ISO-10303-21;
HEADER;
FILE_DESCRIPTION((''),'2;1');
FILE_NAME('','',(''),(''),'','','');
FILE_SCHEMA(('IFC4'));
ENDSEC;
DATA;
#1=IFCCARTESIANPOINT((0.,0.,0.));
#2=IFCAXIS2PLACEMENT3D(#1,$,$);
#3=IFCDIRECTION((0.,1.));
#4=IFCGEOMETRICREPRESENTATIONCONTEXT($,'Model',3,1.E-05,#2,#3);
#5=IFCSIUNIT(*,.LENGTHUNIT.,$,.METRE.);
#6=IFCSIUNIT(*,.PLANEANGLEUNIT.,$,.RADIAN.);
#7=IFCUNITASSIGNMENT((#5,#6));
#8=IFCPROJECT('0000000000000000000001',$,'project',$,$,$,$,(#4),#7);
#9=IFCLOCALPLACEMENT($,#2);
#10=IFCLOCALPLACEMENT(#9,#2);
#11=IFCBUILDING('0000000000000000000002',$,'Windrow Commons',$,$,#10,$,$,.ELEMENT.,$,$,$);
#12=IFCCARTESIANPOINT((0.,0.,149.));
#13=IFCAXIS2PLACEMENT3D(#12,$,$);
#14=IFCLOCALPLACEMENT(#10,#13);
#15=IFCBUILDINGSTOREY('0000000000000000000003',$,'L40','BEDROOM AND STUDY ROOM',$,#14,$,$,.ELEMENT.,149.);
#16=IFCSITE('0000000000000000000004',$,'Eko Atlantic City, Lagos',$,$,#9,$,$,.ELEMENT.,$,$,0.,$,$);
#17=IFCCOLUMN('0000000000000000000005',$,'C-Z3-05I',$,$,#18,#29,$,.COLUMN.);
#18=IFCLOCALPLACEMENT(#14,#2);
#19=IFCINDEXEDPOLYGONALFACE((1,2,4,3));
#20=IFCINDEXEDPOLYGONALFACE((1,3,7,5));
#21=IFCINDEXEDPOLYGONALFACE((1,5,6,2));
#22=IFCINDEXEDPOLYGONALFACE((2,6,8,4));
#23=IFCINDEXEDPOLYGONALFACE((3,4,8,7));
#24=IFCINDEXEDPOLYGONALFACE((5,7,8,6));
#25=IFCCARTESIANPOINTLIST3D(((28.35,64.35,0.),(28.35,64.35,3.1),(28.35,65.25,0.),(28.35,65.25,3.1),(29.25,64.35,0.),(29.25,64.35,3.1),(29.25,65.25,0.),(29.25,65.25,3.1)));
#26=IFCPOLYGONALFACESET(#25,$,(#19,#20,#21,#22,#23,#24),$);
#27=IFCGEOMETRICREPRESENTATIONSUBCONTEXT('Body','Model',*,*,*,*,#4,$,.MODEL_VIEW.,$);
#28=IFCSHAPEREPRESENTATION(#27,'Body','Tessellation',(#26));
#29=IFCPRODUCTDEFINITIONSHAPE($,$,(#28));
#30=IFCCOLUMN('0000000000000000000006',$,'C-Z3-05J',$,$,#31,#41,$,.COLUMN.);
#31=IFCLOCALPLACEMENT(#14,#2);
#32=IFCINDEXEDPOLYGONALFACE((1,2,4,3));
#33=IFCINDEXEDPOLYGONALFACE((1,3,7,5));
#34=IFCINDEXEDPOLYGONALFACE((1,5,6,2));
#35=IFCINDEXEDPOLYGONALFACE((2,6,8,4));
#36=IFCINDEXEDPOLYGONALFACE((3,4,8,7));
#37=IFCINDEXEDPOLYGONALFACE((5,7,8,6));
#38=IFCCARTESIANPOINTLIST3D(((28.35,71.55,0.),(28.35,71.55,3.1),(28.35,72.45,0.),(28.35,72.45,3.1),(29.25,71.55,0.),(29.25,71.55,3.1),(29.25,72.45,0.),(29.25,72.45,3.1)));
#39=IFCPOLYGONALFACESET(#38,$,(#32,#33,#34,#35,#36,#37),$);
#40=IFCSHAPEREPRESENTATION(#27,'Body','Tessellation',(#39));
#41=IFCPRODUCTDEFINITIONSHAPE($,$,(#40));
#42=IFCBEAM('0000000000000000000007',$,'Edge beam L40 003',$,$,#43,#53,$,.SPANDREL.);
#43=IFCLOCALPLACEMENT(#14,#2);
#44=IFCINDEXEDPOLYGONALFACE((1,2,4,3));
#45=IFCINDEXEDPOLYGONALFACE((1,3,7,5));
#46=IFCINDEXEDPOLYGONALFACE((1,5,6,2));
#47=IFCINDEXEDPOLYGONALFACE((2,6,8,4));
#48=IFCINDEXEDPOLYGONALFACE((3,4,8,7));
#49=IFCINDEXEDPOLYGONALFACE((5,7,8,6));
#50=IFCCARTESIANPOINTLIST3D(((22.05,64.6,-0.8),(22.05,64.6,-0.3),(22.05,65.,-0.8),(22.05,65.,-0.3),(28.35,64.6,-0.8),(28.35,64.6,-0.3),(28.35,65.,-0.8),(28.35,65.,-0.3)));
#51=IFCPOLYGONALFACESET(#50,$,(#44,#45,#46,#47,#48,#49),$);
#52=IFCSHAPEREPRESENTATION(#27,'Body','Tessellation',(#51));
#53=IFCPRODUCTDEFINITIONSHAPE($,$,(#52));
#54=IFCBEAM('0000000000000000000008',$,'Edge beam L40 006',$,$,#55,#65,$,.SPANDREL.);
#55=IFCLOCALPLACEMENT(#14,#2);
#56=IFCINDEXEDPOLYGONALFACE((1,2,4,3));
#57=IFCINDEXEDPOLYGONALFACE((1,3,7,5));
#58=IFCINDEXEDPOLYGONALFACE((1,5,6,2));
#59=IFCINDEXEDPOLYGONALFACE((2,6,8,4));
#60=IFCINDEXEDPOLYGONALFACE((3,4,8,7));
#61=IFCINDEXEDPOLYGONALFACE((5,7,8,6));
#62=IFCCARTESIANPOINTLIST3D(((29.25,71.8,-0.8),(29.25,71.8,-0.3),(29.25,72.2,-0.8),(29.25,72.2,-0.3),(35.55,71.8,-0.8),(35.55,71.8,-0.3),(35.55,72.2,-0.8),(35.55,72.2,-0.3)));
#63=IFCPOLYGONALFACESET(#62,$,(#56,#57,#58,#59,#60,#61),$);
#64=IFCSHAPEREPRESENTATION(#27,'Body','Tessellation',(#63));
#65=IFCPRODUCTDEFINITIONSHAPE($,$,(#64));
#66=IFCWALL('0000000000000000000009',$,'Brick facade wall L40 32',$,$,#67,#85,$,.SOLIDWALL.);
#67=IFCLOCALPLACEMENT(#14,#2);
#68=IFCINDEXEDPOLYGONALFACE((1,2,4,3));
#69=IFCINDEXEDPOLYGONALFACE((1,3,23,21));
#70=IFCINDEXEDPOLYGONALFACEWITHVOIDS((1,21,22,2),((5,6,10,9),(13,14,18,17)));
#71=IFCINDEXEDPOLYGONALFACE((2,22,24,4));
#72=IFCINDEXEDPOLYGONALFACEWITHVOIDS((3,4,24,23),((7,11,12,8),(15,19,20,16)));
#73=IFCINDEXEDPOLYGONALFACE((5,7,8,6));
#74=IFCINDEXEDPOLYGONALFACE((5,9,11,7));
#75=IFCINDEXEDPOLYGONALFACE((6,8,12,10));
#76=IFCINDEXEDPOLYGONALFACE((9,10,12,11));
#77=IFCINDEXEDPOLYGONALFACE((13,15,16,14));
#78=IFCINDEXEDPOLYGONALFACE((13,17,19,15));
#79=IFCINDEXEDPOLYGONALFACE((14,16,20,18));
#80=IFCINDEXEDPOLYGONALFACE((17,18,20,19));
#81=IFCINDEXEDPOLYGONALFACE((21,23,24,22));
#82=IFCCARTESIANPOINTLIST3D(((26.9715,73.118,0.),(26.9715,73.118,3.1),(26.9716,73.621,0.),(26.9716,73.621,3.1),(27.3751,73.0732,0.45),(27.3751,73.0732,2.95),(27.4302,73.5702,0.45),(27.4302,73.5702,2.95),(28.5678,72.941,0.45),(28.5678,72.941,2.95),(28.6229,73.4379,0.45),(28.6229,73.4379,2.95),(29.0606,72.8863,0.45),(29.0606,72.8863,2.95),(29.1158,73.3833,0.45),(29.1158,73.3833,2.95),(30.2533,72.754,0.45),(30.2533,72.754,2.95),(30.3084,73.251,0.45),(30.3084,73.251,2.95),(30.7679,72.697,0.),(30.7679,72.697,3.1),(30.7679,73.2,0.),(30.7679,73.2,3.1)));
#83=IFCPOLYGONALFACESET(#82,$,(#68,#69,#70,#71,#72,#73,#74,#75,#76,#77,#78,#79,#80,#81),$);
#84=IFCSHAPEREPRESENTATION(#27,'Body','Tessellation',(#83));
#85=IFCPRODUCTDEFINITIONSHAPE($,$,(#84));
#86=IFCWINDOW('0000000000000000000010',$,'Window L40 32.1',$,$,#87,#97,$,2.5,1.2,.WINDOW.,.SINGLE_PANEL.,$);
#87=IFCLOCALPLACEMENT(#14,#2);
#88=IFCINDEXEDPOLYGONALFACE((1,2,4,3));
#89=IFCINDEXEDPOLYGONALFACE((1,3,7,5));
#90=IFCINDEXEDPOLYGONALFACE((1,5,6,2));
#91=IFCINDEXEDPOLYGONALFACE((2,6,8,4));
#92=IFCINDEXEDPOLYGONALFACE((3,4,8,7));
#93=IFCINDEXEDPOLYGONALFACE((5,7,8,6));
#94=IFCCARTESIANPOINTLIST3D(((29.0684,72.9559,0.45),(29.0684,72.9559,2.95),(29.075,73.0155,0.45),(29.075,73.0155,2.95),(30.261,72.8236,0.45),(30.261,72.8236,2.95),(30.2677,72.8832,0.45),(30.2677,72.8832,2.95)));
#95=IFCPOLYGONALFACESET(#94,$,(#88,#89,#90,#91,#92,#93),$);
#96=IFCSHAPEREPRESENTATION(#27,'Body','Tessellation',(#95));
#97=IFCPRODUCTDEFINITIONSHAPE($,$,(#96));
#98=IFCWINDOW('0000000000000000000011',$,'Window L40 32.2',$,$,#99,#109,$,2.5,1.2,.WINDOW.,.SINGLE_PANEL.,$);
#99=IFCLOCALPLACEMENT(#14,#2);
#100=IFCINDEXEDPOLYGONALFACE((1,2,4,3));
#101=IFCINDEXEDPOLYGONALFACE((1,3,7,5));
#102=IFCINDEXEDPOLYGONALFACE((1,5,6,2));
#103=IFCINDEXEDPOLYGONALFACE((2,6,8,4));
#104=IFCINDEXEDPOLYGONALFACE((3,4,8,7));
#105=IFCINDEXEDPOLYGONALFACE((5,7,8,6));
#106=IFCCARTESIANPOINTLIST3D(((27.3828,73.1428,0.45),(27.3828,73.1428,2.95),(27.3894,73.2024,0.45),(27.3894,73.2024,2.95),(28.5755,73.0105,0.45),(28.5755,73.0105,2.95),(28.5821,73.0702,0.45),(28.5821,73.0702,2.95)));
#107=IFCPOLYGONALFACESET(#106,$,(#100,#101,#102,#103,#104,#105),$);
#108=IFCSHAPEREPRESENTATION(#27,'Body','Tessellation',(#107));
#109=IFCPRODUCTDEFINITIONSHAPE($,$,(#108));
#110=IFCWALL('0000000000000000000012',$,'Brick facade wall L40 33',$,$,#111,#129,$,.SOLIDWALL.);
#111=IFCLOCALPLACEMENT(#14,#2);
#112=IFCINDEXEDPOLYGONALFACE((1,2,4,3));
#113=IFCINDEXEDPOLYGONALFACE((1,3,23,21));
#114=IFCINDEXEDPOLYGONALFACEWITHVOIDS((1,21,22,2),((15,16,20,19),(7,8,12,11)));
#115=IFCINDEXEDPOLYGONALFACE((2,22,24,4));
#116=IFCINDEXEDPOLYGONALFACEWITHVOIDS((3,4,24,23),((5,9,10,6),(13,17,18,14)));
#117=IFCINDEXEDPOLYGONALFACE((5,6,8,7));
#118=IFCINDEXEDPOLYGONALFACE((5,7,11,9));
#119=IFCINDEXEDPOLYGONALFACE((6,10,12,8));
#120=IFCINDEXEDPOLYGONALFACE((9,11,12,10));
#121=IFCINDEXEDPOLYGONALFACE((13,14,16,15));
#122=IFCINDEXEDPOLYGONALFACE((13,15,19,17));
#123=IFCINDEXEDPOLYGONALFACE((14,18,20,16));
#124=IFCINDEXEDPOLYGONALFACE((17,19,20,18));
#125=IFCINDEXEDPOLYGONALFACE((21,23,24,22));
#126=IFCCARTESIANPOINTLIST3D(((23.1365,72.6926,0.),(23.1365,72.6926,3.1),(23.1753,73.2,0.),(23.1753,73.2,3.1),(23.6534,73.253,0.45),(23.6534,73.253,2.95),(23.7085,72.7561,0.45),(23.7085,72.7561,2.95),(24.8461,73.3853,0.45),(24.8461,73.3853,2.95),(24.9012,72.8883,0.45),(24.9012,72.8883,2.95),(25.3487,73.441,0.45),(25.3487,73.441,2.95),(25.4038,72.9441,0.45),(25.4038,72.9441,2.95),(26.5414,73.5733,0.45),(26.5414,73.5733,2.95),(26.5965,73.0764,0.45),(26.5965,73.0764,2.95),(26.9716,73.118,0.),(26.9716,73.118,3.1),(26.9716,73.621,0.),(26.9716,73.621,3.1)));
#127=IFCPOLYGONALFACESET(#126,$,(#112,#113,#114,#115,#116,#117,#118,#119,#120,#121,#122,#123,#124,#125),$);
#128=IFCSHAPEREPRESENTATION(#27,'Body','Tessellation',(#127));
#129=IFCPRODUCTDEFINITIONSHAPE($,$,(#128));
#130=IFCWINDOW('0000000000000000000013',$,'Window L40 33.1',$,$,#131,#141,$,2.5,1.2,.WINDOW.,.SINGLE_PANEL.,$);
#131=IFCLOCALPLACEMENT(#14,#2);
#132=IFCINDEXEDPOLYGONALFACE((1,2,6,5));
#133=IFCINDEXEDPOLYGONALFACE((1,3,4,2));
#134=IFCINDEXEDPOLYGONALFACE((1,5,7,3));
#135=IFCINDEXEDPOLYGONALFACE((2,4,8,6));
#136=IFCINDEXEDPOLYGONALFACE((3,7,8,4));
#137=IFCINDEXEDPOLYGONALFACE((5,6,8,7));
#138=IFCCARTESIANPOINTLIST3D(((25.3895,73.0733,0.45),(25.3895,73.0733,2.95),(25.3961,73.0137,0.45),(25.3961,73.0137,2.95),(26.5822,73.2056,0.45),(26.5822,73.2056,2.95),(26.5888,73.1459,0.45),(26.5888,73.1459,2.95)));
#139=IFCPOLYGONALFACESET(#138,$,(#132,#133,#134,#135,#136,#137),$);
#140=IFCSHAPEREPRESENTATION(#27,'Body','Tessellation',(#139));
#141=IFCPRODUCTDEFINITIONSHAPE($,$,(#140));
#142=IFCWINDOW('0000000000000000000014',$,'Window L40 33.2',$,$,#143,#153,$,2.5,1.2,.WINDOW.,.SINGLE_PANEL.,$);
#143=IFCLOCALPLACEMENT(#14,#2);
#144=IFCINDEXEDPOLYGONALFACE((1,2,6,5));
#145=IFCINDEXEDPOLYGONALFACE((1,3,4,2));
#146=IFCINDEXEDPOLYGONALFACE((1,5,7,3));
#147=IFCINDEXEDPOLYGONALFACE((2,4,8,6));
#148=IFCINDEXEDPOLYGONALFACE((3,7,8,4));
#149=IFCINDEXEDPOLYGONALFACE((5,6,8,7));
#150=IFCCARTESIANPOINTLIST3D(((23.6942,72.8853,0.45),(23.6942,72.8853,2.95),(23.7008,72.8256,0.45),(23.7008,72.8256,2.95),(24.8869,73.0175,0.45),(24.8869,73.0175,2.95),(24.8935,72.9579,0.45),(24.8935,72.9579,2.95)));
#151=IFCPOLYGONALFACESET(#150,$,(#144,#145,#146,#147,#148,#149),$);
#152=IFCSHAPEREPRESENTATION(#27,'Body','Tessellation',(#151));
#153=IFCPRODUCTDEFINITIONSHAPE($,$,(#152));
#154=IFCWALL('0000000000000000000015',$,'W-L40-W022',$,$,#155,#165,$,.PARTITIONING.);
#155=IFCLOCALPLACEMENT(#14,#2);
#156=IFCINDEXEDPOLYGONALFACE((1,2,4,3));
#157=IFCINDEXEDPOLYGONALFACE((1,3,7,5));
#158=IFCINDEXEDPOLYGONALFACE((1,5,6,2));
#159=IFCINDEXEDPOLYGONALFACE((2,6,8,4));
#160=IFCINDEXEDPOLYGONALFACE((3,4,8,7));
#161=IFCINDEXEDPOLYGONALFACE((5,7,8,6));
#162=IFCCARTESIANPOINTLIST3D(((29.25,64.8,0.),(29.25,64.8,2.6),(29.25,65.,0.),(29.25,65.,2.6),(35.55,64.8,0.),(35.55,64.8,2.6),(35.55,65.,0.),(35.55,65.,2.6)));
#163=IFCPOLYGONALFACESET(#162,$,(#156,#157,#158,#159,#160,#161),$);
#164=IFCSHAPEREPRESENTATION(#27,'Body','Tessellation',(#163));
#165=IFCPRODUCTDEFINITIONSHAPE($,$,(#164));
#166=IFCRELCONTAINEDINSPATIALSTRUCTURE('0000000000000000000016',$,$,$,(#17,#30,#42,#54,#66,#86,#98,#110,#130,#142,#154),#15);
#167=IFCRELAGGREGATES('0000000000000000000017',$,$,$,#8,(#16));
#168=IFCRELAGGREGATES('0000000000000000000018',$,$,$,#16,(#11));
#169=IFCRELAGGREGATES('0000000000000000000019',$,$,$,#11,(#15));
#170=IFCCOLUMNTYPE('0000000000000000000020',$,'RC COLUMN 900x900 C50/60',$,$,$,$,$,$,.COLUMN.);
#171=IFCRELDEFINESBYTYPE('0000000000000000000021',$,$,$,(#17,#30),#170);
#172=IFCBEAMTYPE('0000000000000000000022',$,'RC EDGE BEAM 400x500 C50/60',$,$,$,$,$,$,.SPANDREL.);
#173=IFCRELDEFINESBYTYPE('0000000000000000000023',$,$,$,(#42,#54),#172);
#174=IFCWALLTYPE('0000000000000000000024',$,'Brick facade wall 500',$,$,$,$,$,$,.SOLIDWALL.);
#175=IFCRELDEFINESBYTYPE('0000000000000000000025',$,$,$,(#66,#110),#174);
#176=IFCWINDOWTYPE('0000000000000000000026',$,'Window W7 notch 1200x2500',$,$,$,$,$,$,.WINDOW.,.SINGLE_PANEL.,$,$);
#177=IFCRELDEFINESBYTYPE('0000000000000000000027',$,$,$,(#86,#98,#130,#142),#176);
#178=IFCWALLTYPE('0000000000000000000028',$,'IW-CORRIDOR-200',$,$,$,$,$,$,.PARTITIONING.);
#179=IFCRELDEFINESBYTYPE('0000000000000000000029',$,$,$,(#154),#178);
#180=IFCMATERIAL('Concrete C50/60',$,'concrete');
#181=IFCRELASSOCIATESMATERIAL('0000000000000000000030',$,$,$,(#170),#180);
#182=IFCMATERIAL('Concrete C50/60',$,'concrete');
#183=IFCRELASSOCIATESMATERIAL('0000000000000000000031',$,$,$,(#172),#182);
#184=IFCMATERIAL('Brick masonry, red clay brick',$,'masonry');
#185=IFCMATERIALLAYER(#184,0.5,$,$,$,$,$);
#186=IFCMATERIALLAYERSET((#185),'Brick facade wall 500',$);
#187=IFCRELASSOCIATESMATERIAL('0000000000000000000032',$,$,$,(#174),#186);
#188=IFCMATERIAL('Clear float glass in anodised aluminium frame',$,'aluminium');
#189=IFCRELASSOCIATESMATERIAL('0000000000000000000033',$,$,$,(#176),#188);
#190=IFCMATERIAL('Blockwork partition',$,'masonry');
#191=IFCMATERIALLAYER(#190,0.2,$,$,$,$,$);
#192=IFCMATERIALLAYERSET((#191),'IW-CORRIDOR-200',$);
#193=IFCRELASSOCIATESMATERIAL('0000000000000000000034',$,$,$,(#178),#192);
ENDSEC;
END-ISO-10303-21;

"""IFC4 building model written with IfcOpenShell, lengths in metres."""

from ifc_helpers import new_model, si_unit, direction, frame, frame_2d, origin, origin_2d, place, context, subcontext, project, spatial, polyline, rectangle, outline, extrude, material, layer, layer_set, material_profile, profile_set, type_object, element, fill, save


model = new_model("IFC4")

# Units and contexts
model_context = context("Model", 3, precision=1e-05, world=origin(), true_north=direction((0.0, 1.0)))
body_context = subcontext(model_context, "Body", "Model", "MODEL_VIEW")
ifc_project = project(units=[si_unit("LENGTHUNIT", "METRE"), si_unit("PLANEANGLEUNIT", "RADIAN")], contexts=[model_context])

# Site, building, storey
site_placement = place(None, origin())
site = spatial("IfcSite", under=ifc_project, at=site_placement, Name="Eko Atlantic City, Lagos", CompositionType="ELEMENT", RefElevation=0.0)
building_placement = place(site_placement, origin())
building = spatial("IfcBuilding", under=site, at=building_placement, Name="Windrow Commons", CompositionType="ELEMENT")
storey_placement = place(building_placement, frame((0.0, 0.0, 149.0)))
storey = spatial("IfcBuildingStorey", under=building, at=storey_placement, Name="L40", Description="BEDROOM AND STUDY ROOM", CompositionType="ELEMENT", Elevation=149.0)

# Columns
ifc_material_1 = material(Name="Concrete C50/60", Category="concrete")
ifc_material_profile_1 = material_profile(ifc_material_1, rectangle(XDim=0.9, YDim=0.9, at=origin_2d()))
ifc_profile_set_1 = profile_set([ifc_material_profile_1], Name="Concrete C50/60")
column_type = type_object("IfcColumnType", Name="RC COLUMN 900x900 C50/60", PredefinedType="COLUMN", material=ifc_profile_set_1)
for number, where, z_axis, x_axis, name in (
    (1, (28.8, 64.8, 0.0), (0.0, 0.0, 1.0), (1.0, 0.0, 0.0), "C-Z3-05I"),
    (2, (28.8, 72.0, 0.0), (0.0, 0.0, 1.0), (1.0, 0.0, 0.0), "C-Z3-05J"),
):
    element("IfcColumn", number, at=place(storey_placement, frame(where, z_axis=z_axis, x_axis=x_axis)), inside=storey, type_object=column_type, Name=name, PredefinedType="COLUMN", context=body_context, shape_type="SweptSolid", body=[
        extrude(rectangle(XDim=0.9, YDim=0.9, at=origin_2d()), origin(), (0.0, 0.0, 1.0), 3.1),
    ])

# Beams
ifc_material_2 = material(Name="Concrete C50/60", Category="concrete")
ifc_material_profile_2 = material_profile(ifc_material_2, rectangle(XDim=0.4, YDim=0.5, at=origin_2d()))
ifc_profile_set_2 = profile_set([ifc_material_profile_2], Name="Concrete C50/60")
beam_type = type_object("IfcBeamType", Name="RC EDGE BEAM 400x500 C50/60", PredefinedType="SPANDREL", material=ifc_profile_set_2)
for number, where, z_axis, x_axis, name in (
    (3, (28.35, 64.8, -0.55), (-1.0, 0.0, 0.0), (0.0, -1.0, 0.0), "Edge beam L40 003"),
    (4, (29.25, 72.0, -0.55), (1.0, 0.0, 0.0), (0.0, 1.0, 0.0), "Edge beam L40 006"),
):
    element("IfcBeam", number, at=place(storey_placement, frame(where, z_axis=z_axis, x_axis=x_axis)), inside=storey, type_object=beam_type, Name=name, PredefinedType="SPANDREL", context=body_context, shape_type="SweptSolid", body=[
        extrude(rectangle(XDim=0.4, YDim=0.5, at=origin_2d()), origin(), (0.0, 0.0, 1.0), 6.3),
    ])

# Walls, openings, windows
ifc_material_3 = material(Name="Brick masonry, red clay brick", Category="masonry")
ifc_layer_1 = layer(ifc_material_3, 0.5)
ifc_layer_set_1 = layer_set([ifc_layer_1], Name="Brick facade wall 500")
wall_type_1 = type_object("IfcWallType", Name="Brick facade wall 500", PredefinedType="SOLIDWALL", material=ifc_layer_set_1)
wall_1_placement = place(storey_placement, frame((30.7679, 72.9485, 0.0), z_axis=(0.0, 0.0, 1.0), x_axis=(-0.993907, 0.110222, 0.0)))
wall_1 = element("IfcWall", 5, at=wall_1_placement, inside=storey, type_object=wall_type_1, Name="Brick facade wall L40 32", PredefinedType="SOLIDWALL", context=body_context, shape_type="SweptSolid", body=[
    extrude(outline(polyline([(0.0277, -0.25), (3.8473, -0.25), (3.7919, 0.25), (-0.0277, 0.25), (0.0277, -0.25)])), origin(), (0.0, 0.0, 1.0), 3.1),
])
opening_1_placement = place(wall_1_placement, frame((0.49, 0.0, 0.45)))
opening_1 = element("IfcOpeningElement", 6, at=opening_1_placement, cuts=wall_1, PredefinedType="OPENING", context=body_context, shape_type="SweptSolid", body=[
    extrude(rectangle(XDim=1.2, YDim=2.5, at=frame_2d((0.6, 1.25))), frame((0.0, 0.26, 0.0), z_axis=(0.0, -1.0, 0.0), x_axis=(1.0, 0.0, 0.0)), (0.0, 0.0, 1.0), 0.52),
])
opening_2_placement = place(wall_1_placement, frame((2.1859, 0.0, 0.45)))
opening_2 = element("IfcOpeningElement", 7, at=opening_2_placement, cuts=wall_1, PredefinedType="OPENING", context=body_context, shape_type="SweptSolid", body=[
    extrude(rectangle(XDim=1.2, YDim=2.5, at=frame_2d((0.6, 1.25))), frame((0.0, 0.26, 0.0), z_axis=(0.0, -1.0, 0.0), x_axis=(1.0, 0.0, 0.0)), (0.0, 0.0, 1.0), 0.52),
])
ifc_material_4 = material(Name="Clear float glass in anodised aluminium frame", Category="aluminium")
window_type = type_object("IfcWindowType", Name="Window W7 notch 1200x2500", PartitioningType="SINGLE_PANEL", PredefinedType="WINDOW", material=ifc_material_4)
window_1_placement = place(opening_1_placement, origin())
window_1 = element("IfcWindow", 8, at=window_1_placement, inside=storey, type_object=window_type, Name="Window L40 32.1", OverallHeight=2.5, OverallWidth=1.2, PartitioningType="SINGLE_PANEL", PredefinedType="WINDOW", context=body_context, shape_type="SweptSolid", body=[
    extrude(rectangle(XDim=1.2, YDim=2.5, at=frame_2d((0.6, 1.25))), frame((0.0, 0.18, 0.0), z_axis=(0.0, -1.0, 0.0), x_axis=(1.0, 0.0, 0.0)), (0.0, 0.0, 1.0), 0.06),
])
fill(opening_1, window_1)
window_2_placement = place(opening_2_placement, origin())
window_2 = element("IfcWindow", 9, at=window_2_placement, inside=storey, type_object=window_type, Name="Window L40 32.2", OverallHeight=2.5, OverallWidth=1.2, PartitioningType="SINGLE_PANEL", PredefinedType="WINDOW", context=body_context, shape_type="SweptSolid", body=[
    extrude(rectangle(XDim=1.2, YDim=2.5, at=frame_2d((0.6, 1.25))), frame((0.0, 0.18, 0.0), z_axis=(0.0, -1.0, 0.0), x_axis=(1.0, 0.0, 0.0)), (0.0, 0.0, 1.0), 0.06),
])
fill(opening_2, window_2)
wall_2_placement = place(storey_placement, frame((26.9716, 73.3695, 0.0), z_axis=(0.0, 0.0, 1.0), x_axis=(-0.993905, -0.110237, 0.0)))
wall_2 = element("IfcWall", 10, at=wall_2_placement, inside=storey, type_object=wall_type_1, Name="Brick facade wall L40 33", PredefinedType="SOLIDWALL", context=body_context, shape_type="SweptSolid", body=[
    extrude(outline(polyline([(-0.0277, -0.25), (3.7919, -0.25), (3.8863, 0.25), (0.0277, 0.25), (-0.0277, -0.25)])), origin(), (0.0, 0.0, 1.0), 3.1),
])
opening_3_placement = place(wall_2_placement, frame((0.4051, 0.0, 0.45)))
opening_3 = element("IfcOpeningElement", 11, at=opening_3_placement, cuts=wall_2, PredefinedType="OPENING", context=body_context, shape_type="SweptSolid", body=[
    extrude(rectangle(XDim=1.2, YDim=2.5, at=frame_2d((0.6, 1.25))), frame((0.0, 0.26, 0.0), z_axis=(0.0, -1.0, 0.0), x_axis=(1.0, 0.0, 0.0)), (0.0, 0.0, 1.0), 0.52),
])
opening_4_placement = place(wall_2_placement, frame((2.1108, 0.0, 0.45)))
opening_4 = element("IfcOpeningElement", 12, at=opening_4_placement, cuts=wall_2, PredefinedType="OPENING", context=body_context, shape_type="SweptSolid", body=[
    extrude(rectangle(XDim=1.2, YDim=2.5, at=frame_2d((0.6, 1.25))), frame((0.0, 0.26, 0.0), z_axis=(0.0, -1.0, 0.0), x_axis=(1.0, 0.0, 0.0)), (0.0, 0.0, 1.0), 0.52),
])
window_3_placement = place(opening_3_placement, origin())
window_3 = element("IfcWindow", 13, at=window_3_placement, inside=storey, type_object=window_type, Name="Window L40 33.1", OverallHeight=2.5, OverallWidth=1.2, PartitioningType="SINGLE_PANEL", PredefinedType="WINDOW", context=body_context, shape_type="SweptSolid", body=[
    extrude(rectangle(XDim=1.2, YDim=2.5, at=frame_2d((0.6, 1.25))), frame((0.0, 0.18, 0.0), z_axis=(0.0, -1.0, 0.0), x_axis=(1.0, 0.0, 0.0)), (0.0, 0.0, 1.0), 0.06),
])
fill(opening_3, window_3)
window_4_placement = place(opening_4_placement, origin())
window_4 = element("IfcWindow", 14, at=window_4_placement, inside=storey, type_object=window_type, Name="Window L40 33.2", OverallHeight=2.5, OverallWidth=1.2, PartitioningType="SINGLE_PANEL", PredefinedType="WINDOW", context=body_context, shape_type="SweptSolid", body=[
    extrude(rectangle(XDim=1.2, YDim=2.5, at=frame_2d((0.6, 1.25))), frame((0.0, 0.18, 0.0), z_axis=(0.0, -1.0, 0.0), x_axis=(1.0, 0.0, 0.0)), (0.0, 0.0, 1.0), 0.06),
])
fill(opening_4, window_4)

# Wall
ifc_material_5 = material(Name="Blockwork partition", Category="masonry")
ifc_layer_2 = layer(ifc_material_5, 0.2)
ifc_layer_set_2 = layer_set([ifc_layer_2], Name="IW-CORRIDOR-200")
wall_type_2 = type_object("IfcWallType", Name="IW-CORRIDOR-200", PredefinedType="PARTITIONING", material=ifc_layer_set_2)
wall_3_placement = place(storey_placement, frame((29.25, 64.9, 0.0), z_axis=(0.0, 0.0, 1.0), x_axis=(1.0, 0.0, 0.0)))
element("IfcWall", 15, at=wall_3_placement, inside=storey, type_object=wall_type_2, Name="W-L40-W022", PredefinedType="PARTITIONING", context=body_context, shape_type="SweptSolid", body=[
    extrude(rectangle(XDim=6.3, YDim=0.2, at=frame_2d((3.15, 0.0))), origin(), (0.0, 0.0, 1.0), 2.6),
])

save(model, "model.ifc")
